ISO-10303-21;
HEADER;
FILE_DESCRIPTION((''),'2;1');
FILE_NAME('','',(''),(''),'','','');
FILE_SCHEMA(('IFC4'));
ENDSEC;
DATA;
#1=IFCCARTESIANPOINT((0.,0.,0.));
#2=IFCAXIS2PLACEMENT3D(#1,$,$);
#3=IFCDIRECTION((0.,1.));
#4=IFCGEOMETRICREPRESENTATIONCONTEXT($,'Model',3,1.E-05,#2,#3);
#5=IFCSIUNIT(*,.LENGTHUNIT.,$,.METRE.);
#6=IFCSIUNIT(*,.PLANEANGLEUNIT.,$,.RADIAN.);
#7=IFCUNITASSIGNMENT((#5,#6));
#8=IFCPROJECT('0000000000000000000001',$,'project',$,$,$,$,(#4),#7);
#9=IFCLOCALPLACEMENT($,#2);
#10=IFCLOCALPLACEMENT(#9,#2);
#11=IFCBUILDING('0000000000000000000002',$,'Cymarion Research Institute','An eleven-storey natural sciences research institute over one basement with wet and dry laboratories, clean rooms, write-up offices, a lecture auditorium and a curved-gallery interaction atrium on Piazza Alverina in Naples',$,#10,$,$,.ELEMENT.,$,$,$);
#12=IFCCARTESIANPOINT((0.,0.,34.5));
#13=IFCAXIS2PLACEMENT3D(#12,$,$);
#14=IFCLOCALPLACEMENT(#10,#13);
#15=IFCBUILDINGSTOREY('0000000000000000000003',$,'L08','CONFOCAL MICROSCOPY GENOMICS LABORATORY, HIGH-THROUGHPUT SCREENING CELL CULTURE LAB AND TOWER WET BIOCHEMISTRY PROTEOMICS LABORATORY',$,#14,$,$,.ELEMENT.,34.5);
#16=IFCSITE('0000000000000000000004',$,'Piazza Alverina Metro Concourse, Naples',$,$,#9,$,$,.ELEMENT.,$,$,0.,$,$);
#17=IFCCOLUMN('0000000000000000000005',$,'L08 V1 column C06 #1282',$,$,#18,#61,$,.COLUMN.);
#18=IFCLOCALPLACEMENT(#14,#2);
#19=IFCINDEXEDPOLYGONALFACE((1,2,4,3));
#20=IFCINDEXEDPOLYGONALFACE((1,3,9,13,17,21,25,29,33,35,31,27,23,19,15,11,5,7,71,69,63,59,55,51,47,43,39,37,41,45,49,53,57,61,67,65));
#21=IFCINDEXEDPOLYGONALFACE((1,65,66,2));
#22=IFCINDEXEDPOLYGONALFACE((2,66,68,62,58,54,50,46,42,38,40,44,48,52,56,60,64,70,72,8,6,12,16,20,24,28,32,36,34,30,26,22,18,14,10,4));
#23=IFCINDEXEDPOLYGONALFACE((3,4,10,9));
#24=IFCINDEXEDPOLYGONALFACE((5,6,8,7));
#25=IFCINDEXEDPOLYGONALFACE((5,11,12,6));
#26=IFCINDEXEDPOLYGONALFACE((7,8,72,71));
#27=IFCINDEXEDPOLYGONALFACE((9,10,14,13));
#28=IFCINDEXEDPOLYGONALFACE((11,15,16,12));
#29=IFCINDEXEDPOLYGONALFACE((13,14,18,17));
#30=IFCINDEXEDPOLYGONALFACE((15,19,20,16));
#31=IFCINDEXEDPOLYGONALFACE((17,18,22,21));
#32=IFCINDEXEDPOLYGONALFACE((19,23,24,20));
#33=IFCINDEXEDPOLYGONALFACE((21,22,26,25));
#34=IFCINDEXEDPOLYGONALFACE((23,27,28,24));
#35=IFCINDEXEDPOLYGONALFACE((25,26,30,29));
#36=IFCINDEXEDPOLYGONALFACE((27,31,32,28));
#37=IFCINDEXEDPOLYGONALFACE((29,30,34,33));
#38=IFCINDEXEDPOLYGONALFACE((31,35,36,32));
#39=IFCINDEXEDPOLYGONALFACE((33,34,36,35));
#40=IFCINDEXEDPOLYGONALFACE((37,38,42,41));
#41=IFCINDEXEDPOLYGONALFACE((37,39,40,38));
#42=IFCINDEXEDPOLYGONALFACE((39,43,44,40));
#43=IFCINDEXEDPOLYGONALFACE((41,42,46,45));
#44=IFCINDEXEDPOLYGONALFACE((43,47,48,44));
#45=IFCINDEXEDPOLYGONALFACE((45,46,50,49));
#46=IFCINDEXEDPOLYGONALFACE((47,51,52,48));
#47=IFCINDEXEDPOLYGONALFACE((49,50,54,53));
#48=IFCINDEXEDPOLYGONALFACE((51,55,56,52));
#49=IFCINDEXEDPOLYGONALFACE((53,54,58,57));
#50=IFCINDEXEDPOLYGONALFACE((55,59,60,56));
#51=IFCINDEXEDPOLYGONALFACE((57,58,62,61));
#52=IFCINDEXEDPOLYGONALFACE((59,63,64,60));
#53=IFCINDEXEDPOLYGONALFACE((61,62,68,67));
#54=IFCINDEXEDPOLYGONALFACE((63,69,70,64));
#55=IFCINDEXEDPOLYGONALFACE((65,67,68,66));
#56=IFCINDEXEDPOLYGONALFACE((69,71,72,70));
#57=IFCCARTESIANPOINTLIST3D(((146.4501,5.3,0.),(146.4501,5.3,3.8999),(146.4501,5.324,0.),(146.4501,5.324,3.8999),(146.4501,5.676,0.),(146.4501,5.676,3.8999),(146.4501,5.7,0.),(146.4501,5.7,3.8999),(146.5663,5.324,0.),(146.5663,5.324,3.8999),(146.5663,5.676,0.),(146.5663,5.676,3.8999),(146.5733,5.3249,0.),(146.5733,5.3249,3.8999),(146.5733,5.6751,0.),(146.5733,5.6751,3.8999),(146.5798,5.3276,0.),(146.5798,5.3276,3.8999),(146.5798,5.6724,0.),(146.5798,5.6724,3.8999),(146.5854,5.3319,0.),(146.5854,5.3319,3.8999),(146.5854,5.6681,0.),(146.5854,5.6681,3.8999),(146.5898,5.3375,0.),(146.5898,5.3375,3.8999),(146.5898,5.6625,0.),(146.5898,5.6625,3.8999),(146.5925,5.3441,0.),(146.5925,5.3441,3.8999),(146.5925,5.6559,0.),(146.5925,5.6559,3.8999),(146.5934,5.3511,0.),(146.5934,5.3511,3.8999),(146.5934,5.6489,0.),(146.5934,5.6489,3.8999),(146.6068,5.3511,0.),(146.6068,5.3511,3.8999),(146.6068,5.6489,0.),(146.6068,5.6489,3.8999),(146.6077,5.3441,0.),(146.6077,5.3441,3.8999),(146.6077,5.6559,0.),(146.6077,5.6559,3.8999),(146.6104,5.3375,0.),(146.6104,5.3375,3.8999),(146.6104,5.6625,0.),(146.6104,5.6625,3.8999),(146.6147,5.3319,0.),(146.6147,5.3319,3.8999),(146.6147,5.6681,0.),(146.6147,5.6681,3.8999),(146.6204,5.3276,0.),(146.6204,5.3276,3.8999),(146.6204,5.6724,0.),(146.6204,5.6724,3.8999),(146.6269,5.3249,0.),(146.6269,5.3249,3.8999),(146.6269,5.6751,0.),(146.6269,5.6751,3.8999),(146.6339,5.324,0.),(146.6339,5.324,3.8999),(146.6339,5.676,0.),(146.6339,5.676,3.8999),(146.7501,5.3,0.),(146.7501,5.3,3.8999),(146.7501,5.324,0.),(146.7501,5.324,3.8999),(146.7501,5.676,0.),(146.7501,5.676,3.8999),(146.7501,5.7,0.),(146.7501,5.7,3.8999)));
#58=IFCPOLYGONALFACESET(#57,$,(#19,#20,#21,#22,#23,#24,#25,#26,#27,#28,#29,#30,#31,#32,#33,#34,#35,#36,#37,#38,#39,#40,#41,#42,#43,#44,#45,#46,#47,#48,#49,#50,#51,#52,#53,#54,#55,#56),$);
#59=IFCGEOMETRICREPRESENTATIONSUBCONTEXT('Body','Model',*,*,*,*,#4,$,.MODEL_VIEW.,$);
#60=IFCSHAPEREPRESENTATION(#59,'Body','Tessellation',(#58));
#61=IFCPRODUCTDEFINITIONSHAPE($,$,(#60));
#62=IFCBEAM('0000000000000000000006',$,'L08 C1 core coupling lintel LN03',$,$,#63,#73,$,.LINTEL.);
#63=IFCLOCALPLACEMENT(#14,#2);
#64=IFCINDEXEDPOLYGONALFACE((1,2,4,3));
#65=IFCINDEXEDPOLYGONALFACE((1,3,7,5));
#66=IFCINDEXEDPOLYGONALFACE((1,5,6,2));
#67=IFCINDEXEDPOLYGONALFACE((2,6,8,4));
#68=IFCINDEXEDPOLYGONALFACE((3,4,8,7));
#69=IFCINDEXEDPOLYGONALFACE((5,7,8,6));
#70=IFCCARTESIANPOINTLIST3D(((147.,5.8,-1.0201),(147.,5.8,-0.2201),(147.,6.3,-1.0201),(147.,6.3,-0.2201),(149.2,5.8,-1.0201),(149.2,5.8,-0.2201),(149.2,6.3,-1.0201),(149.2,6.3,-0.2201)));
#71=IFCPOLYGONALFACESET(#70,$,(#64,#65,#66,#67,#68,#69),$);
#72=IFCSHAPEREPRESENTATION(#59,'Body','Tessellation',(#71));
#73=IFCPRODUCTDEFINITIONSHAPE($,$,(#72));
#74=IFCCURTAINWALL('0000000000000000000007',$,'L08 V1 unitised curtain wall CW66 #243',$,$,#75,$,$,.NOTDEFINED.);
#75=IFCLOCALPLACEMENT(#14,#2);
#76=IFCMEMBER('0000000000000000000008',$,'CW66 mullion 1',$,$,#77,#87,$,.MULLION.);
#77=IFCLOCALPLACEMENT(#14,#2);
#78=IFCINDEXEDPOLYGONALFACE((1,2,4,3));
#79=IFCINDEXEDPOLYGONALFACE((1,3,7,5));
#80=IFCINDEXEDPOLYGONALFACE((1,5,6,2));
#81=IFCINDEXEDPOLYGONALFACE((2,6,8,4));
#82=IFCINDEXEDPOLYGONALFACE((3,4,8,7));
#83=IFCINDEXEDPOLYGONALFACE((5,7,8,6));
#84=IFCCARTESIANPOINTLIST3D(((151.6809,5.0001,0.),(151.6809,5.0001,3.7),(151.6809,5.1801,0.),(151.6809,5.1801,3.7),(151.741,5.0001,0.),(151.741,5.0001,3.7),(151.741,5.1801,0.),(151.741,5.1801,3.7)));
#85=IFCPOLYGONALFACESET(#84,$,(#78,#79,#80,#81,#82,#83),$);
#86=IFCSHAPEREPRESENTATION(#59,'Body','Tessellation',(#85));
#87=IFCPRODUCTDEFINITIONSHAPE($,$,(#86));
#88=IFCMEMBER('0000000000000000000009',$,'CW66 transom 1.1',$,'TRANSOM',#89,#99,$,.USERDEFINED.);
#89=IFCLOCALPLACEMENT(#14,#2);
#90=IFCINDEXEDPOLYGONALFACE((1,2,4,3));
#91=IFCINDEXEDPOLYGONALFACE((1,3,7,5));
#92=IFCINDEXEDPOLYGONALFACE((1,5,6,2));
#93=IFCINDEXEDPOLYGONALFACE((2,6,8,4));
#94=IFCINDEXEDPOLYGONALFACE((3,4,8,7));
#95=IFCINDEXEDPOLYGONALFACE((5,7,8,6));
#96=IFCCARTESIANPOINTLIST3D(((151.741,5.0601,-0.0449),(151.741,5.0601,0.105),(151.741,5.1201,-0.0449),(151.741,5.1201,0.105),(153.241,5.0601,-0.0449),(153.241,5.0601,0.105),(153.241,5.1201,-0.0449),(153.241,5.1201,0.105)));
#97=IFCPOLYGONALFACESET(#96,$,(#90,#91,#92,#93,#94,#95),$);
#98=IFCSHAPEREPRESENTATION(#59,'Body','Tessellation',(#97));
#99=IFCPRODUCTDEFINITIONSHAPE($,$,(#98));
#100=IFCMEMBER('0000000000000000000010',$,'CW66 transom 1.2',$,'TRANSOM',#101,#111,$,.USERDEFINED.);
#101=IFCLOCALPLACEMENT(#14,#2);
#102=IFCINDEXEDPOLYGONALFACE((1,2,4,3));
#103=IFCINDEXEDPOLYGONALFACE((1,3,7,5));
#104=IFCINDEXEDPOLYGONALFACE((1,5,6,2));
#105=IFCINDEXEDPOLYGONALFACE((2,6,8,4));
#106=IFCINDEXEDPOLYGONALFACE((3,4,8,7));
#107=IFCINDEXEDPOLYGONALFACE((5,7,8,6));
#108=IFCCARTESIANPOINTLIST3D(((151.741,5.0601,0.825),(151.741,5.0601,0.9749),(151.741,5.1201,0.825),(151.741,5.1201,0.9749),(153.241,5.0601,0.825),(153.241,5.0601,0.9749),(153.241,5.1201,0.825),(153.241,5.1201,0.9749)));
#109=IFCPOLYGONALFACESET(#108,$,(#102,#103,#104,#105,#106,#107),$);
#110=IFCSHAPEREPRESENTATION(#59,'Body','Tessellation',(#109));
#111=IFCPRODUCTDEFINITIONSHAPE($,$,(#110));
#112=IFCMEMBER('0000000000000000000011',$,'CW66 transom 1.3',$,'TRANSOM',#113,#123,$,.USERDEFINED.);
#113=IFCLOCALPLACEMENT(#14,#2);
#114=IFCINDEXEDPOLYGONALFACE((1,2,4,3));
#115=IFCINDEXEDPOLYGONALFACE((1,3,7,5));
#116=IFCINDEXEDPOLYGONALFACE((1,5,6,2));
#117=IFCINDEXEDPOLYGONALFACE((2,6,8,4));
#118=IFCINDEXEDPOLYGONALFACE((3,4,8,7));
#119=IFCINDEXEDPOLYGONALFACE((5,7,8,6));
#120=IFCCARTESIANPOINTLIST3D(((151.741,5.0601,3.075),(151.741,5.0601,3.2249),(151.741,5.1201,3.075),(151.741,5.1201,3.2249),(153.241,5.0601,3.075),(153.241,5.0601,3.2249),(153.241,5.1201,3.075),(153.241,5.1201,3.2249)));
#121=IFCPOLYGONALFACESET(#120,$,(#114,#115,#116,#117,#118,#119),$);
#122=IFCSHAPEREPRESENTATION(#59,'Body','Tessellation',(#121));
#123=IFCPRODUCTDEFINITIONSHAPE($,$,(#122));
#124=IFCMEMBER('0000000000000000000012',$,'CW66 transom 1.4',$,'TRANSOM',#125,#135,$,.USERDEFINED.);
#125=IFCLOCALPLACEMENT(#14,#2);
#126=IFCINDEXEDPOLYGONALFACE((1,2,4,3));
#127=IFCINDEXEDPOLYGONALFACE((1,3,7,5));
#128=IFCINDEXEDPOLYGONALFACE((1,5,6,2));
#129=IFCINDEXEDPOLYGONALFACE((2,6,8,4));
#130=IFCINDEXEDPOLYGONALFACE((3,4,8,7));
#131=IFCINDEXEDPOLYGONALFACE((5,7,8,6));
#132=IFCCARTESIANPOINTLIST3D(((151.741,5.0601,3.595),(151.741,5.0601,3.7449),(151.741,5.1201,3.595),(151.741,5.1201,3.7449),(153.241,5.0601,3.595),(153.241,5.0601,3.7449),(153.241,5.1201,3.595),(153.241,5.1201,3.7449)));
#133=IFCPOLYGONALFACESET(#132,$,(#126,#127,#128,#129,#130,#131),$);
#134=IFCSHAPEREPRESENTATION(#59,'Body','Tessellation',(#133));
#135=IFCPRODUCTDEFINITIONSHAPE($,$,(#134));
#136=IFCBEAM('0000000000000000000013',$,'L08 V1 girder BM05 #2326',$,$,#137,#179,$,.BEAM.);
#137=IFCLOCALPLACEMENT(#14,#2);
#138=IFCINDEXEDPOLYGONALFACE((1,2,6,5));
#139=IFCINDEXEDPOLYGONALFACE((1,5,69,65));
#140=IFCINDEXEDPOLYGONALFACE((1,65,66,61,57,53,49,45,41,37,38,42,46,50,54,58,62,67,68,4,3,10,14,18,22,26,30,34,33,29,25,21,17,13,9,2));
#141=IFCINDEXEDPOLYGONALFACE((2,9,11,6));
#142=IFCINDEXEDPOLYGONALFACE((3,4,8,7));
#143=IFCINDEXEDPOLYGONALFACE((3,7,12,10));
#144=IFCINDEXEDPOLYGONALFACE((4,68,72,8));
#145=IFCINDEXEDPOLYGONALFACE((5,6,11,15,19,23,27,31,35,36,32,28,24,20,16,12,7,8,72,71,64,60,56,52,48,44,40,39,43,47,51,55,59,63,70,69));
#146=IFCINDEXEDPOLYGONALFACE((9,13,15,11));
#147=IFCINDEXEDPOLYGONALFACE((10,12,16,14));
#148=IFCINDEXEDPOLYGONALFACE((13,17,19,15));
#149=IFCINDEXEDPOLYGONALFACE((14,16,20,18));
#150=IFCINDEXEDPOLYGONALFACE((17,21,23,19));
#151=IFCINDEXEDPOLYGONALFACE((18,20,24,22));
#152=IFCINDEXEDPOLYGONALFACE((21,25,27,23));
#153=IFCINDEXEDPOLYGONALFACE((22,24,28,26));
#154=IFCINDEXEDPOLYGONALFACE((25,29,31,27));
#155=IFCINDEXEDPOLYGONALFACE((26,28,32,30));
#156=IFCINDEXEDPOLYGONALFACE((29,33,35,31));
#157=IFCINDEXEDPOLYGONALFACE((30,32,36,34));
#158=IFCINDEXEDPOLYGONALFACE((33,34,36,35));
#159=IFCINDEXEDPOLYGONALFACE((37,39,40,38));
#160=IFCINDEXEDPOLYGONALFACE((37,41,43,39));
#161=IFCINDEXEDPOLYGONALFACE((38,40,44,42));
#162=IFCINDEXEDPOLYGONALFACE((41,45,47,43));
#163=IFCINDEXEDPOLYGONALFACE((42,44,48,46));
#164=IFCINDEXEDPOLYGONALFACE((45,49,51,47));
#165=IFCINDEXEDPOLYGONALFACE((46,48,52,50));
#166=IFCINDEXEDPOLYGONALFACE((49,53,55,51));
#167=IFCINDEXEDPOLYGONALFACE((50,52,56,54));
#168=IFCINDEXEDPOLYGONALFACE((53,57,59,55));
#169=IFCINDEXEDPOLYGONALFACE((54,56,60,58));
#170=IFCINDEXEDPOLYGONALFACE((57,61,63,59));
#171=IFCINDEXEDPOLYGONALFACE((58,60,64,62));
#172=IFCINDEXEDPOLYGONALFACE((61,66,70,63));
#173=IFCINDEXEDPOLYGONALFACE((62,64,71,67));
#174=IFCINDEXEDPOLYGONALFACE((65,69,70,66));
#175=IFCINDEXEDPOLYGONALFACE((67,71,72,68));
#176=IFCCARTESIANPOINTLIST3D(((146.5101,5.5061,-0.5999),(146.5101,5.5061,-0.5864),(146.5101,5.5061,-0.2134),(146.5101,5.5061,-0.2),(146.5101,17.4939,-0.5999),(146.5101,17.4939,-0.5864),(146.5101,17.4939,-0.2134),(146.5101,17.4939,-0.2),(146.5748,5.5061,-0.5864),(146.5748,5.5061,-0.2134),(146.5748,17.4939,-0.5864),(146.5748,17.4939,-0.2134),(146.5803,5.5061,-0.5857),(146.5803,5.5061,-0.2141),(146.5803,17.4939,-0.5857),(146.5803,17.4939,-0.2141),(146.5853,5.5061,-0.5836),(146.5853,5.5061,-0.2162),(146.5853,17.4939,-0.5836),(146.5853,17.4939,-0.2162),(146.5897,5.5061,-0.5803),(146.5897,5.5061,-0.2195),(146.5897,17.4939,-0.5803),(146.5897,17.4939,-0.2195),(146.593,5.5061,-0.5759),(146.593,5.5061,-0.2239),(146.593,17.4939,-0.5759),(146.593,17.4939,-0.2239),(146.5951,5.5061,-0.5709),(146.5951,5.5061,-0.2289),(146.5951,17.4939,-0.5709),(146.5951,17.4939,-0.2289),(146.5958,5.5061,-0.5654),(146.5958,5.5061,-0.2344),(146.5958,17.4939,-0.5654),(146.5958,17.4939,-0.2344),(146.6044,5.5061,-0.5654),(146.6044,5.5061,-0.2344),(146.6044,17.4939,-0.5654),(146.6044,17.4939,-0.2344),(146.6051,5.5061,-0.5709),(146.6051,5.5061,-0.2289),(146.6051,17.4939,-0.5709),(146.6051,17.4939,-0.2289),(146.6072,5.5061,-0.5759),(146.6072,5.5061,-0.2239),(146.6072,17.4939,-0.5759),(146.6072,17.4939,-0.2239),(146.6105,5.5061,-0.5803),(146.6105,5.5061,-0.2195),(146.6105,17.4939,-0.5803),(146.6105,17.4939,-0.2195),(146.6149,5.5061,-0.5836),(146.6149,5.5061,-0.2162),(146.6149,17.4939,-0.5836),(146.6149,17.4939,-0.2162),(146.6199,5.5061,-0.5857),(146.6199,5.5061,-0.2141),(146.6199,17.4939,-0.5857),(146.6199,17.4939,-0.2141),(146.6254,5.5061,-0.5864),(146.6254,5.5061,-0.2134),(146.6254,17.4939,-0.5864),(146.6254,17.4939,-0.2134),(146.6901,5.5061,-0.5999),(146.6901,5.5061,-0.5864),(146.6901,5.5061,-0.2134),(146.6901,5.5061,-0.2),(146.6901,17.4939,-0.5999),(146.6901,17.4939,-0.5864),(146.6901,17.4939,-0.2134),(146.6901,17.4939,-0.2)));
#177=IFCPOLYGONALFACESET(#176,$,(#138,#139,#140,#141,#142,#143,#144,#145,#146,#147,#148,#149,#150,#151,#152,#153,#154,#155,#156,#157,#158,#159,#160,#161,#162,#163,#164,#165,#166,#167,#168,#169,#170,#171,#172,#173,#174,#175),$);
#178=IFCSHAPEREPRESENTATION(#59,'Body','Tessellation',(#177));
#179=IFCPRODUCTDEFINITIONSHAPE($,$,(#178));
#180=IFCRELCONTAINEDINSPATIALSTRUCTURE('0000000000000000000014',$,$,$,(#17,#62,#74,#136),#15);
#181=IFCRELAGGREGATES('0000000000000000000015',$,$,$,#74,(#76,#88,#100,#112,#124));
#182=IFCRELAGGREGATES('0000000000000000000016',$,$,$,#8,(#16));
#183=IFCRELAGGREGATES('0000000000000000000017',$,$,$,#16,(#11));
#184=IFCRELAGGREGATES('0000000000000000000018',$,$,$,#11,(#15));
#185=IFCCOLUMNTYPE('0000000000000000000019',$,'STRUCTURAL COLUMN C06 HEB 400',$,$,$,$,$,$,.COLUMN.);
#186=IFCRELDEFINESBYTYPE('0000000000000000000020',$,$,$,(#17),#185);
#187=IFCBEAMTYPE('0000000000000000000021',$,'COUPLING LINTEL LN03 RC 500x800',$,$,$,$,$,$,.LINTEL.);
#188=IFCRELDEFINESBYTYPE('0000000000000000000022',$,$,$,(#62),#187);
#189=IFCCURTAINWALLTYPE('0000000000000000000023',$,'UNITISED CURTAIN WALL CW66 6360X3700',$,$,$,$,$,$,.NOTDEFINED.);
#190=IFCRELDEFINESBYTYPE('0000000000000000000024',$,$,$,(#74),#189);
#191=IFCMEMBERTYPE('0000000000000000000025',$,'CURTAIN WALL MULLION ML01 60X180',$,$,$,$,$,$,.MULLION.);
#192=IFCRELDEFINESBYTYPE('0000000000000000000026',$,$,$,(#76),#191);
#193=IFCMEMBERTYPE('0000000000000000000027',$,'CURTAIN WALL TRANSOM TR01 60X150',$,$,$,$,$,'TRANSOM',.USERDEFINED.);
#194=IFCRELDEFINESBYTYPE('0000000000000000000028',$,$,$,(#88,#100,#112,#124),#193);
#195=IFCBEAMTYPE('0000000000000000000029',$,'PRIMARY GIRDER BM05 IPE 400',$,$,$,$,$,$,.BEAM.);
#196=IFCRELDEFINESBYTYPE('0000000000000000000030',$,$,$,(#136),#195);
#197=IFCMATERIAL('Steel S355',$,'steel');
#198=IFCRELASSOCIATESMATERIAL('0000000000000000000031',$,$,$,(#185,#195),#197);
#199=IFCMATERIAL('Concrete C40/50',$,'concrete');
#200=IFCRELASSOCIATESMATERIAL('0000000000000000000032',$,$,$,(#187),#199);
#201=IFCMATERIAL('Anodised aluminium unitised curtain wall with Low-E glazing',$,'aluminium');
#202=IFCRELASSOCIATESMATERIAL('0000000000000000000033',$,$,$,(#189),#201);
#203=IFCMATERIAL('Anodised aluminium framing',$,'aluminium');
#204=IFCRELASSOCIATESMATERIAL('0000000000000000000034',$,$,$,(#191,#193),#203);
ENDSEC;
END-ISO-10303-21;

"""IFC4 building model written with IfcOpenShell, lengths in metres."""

from ifc_helpers import new_model, si_unit, direction, frame, origin, origin_2d, place, context, subcontext, project, spatial, rectangle, i_section, extrude, material, material_profile, profile_set, type_object, element, aggregate, save


model = new_model("IFC4")

# Units and contexts
model_context = context("Model", 3, precision=1e-05, world=origin(), true_north=direction((0.0, 1.0)))
body_context = subcontext(model_context, "Body", "Model", "MODEL_VIEW")
ifc_project = project(units=[si_unit("LENGTHUNIT", "METRE"), si_unit("PLANEANGLEUNIT", "RADIAN")], contexts=[model_context])

# Site, building, storey
site_placement = place(None, origin())
site = spatial("IfcSite", under=ifc_project, at=site_placement, Name="Piazza Alverina Metro Concourse, Naples", CompositionType="ELEMENT", RefElevation=0.0)
building_placement = place(site_placement, origin())
building = spatial("IfcBuilding", under=site, at=building_placement, Name="Cymarion Research Institute", Description="An eleven-storey natural sciences research institute over one basement with wet and dry laboratories, clean rooms, write-up offices, a lecture auditorium and a curved-gallery interaction atrium on Piazza Alverina in Naples", CompositionType="ELEMENT")
storey_placement = place(building_placement, frame((0.0, 0.0, 34.5)))
storey = spatial("IfcBuildingStorey", under=building, at=storey_placement, Name="L08", Description="CONFOCAL MICROSCOPY GENOMICS LABORATORY, HIGH-THROUGHPUT SCREENING CELL CULTURE LAB AND TOWER WET BIOCHEMISTRY PROTEOMICS LABORATORY", CompositionType="ELEMENT", Elevation=34.5)

# Column
ifc_material_1 = material(Name="Steel S355", Category="steel")
ifc_material_profile_1 = material_profile(ifc_material_1, i_section(OverallWidth=0.3, OverallDepth=0.3999, WebThickness=0.0134, FlangeThickness=0.0239, FilletRadius=0.0271, at=origin_2d()), Name="HEB 400")
ifc_profile_set_1 = profile_set([ifc_material_profile_1], Name="Steel S355")
column_type = type_object("IfcColumnType", Name="STRUCTURAL COLUMN C06 HEB 400", PredefinedType="COLUMN", material=ifc_profile_set_1)
column_placement = place(storey_placement, frame((146.6001, 5.5, 0.0), z_axis=(0.0, 0.0, 1.0), x_axis=(1.0, 0.0, 0.0)))
element("IfcColumn", 1, at=column_placement, inside=storey, type_object=column_type, Name="L08 V1 column C06 #1282", PredefinedType="COLUMN", context=body_context, shape_type="SweptSolid", body=[
    extrude(i_section(OverallWidth=0.3, OverallDepth=0.3999, WebThickness=0.0134, FlangeThickness=0.0239, FilletRadius=0.0271, at=origin_2d()), origin(), (0.0, 0.0, 1.0), 3.8999),
])

# Beam
ifc_material_2 = material(Name="Concrete C40/50", Category="concrete")
ifc_material_profile_2 = material_profile(ifc_material_2, rectangle(XDim=0.5, YDim=0.8, at=origin_2d()), Name="RC 500x800")
ifc_profile_set_2 = profile_set([ifc_material_profile_2], Name="Concrete C40/50")
beam_type_1 = type_object("IfcBeamType", Name="COUPLING LINTEL LN03 RC 500x800", PredefinedType="LINTEL", material=ifc_profile_set_2)
beam_1_placement = place(storey_placement, frame((147.0, 6.05, -0.6201), z_axis=(1.0, 0.0, 0.0), x_axis=(0.0, 1.0, 0.0)))
element("IfcBeam", 2, at=beam_1_placement, inside=storey, type_object=beam_type_1, Name="L08 C1 core coupling lintel LN03", PredefinedType="LINTEL", context=body_context, shape_type="SweptSolid", body=[
    extrude(rectangle(XDim=0.5, YDim=0.8, at=origin_2d()), origin(), (0.0, 0.0, 1.0), 2.2),
])

# Curtain wall, members
ifc_material_3 = material(Name="Anodised aluminium unitised curtain wall with Low-E glazing", Category="aluminium")
curtain_wall_type = type_object("IfcCurtainWallType", Name="UNITISED CURTAIN WALL CW66 6360X3700", PredefinedType="NOTDEFINED", material=ifc_material_3)
curtain_wall_placement = place(storey_placement, origin())
curtain_wall = element("IfcCurtainWall", 3, at=curtain_wall_placement, inside=storey, type_object=curtain_wall_type, Name="L08 V1 unitised curtain wall CW66 #243", PredefinedType="NOTDEFINED")
ifc_material_4 = material(Name="Anodised aluminium framing", Category="aluminium")
ifc_material_profile_3 = material_profile(ifc_material_4, rectangle(XDim=0.0601, YDim=0.1799, at=origin_2d()), Name="ALU MULLION 60x180")
ifc_profile_set_3 = profile_set([ifc_material_profile_3], Name="Anodised aluminium framing")
member_type_1 = type_object("IfcMemberType", Name="CURTAIN WALL MULLION ML01 60X180", PredefinedType="MULLION", material=ifc_profile_set_3)
member_1_placement = place(storey_placement, frame((151.7109, 5.0901, 0.0), z_axis=(0.0, 0.0, 1.0), x_axis=(1.0, 0.0, 0.0)))
member_1 = element("IfcMember", 4, at=member_1_placement, type_object=member_type_1, Name="CW66 mullion 1", PredefinedType="MULLION", context=body_context, shape_type="SweptSolid", body=[
    extrude(rectangle(XDim=0.0601, YDim=0.1799, at=origin_2d()), origin(), (0.0, 0.0, 1.0), 3.7),
])
ifc_material_profile_4 = material_profile(ifc_material_4, rectangle(XDim=0.0601, YDim=0.1499, at=origin_2d()), Name="ALU TRANSOM 60x150")
ifc_profile_set_4 = profile_set([ifc_material_profile_4], Name="Anodised aluminium framing")
member_type_2 = type_object("IfcMemberType", Name="CURTAIN WALL TRANSOM TR01 60X150", ElementType="TRANSOM", PredefinedType="USERDEFINED", material=ifc_profile_set_4)
member_2_placement = place(storey_placement, frame((151.741, 5.0901, 0.03), z_axis=(1.0, 0.0, 0.0), x_axis=(0.0, 1.0, 0.0)))
member_2 = element("IfcMember", 5, at=member_2_placement, type_object=member_type_2, Name="CW66 transom 1.1", ObjectType="TRANSOM", PredefinedType="USERDEFINED", context=body_context, shape_type="SweptSolid", body=[
    extrude(rectangle(XDim=0.0601, YDim=0.1499, at=origin_2d()), origin(), (0.0, 0.0, 1.0), 1.5),
])
member_3_placement = place(storey_placement, frame((151.741, 5.0901, 0.8999), z_axis=(1.0, 0.0, 0.0), x_axis=(0.0, 1.0, 0.0)))
member_3 = element("IfcMember", 6, at=member_3_placement, type_object=member_type_2, Name="CW66 transom 1.2", ObjectType="TRANSOM", PredefinedType="USERDEFINED", context=body_context, shape_type="SweptSolid", body=[
    extrude(rectangle(XDim=0.0601, YDim=0.1499, at=origin_2d()), origin(), (0.0, 0.0, 1.0), 1.5),
])
member_4_placement = place(storey_placement, frame((151.741, 5.0901, 3.1499), z_axis=(1.0, 0.0, 0.0), x_axis=(0.0, 1.0, 0.0)))
member_4 = element("IfcMember", 7, at=member_4_placement, type_object=member_type_2, Name="CW66 transom 1.3", ObjectType="TRANSOM", PredefinedType="USERDEFINED", context=body_context, shape_type="SweptSolid", body=[
    extrude(rectangle(XDim=0.0601, YDim=0.1499, at=origin_2d()), origin(), (0.0, 0.0, 1.0), 1.5),
])
member_5_placement = place(storey_placement, frame((151.741, 5.0901, 3.6699), z_axis=(1.0, 0.0, 0.0), x_axis=(0.0, 1.0, 0.0)))
member_5 = element("IfcMember", 8, at=member_5_placement, type_object=member_type_2, Name="CW66 transom 1.4", ObjectType="TRANSOM", PredefinedType="USERDEFINED", context=body_context, shape_type="SweptSolid", body=[
    extrude(rectangle(XDim=0.0601, YDim=0.1499, at=origin_2d()), origin(), (0.0, 0.0, 1.0), 1.5),
])

# Beam
ifc_material_profile_5 = material_profile(ifc_material_1, i_section(OverallWidth=0.1799, OverallDepth=0.3999, WebThickness=0.0085, FlangeThickness=0.0134, FilletRadius=0.021, at=origin_2d()), Name="IPE 400")
ifc_profile_set_5 = profile_set([ifc_material_profile_5], Name="Steel S355")
beam_type_2 = type_object("IfcBeamType", Name="PRIMARY GIRDER BM05 IPE 400", PredefinedType="BEAM", material=ifc_profile_set_5)
beam_2_placement = place(storey_placement, frame((146.6001, 5.5061, -0.3999), z_axis=(0.0, 1.0, 0.0), x_axis=(-1.0, 0.0, 0.0)))
element("IfcBeam", 9, at=beam_2_placement, inside=storey, type_object=beam_type_2, Name="L08 V1 girder BM05 #2326", PredefinedType="BEAM", context=body_context, shape_type="SweptSolid", body=[
    extrude(i_section(OverallWidth=0.1799, OverallDepth=0.3999, WebThickness=0.0085, FlangeThickness=0.0134, FilletRadius=0.021, at=origin_2d()), origin(), (0.0, 0.0, 1.0), 11.9878),
])

aggregate(curtain_wall, [member_1, member_2, member_3, member_4, member_5])

save(model, "model.ifc")
